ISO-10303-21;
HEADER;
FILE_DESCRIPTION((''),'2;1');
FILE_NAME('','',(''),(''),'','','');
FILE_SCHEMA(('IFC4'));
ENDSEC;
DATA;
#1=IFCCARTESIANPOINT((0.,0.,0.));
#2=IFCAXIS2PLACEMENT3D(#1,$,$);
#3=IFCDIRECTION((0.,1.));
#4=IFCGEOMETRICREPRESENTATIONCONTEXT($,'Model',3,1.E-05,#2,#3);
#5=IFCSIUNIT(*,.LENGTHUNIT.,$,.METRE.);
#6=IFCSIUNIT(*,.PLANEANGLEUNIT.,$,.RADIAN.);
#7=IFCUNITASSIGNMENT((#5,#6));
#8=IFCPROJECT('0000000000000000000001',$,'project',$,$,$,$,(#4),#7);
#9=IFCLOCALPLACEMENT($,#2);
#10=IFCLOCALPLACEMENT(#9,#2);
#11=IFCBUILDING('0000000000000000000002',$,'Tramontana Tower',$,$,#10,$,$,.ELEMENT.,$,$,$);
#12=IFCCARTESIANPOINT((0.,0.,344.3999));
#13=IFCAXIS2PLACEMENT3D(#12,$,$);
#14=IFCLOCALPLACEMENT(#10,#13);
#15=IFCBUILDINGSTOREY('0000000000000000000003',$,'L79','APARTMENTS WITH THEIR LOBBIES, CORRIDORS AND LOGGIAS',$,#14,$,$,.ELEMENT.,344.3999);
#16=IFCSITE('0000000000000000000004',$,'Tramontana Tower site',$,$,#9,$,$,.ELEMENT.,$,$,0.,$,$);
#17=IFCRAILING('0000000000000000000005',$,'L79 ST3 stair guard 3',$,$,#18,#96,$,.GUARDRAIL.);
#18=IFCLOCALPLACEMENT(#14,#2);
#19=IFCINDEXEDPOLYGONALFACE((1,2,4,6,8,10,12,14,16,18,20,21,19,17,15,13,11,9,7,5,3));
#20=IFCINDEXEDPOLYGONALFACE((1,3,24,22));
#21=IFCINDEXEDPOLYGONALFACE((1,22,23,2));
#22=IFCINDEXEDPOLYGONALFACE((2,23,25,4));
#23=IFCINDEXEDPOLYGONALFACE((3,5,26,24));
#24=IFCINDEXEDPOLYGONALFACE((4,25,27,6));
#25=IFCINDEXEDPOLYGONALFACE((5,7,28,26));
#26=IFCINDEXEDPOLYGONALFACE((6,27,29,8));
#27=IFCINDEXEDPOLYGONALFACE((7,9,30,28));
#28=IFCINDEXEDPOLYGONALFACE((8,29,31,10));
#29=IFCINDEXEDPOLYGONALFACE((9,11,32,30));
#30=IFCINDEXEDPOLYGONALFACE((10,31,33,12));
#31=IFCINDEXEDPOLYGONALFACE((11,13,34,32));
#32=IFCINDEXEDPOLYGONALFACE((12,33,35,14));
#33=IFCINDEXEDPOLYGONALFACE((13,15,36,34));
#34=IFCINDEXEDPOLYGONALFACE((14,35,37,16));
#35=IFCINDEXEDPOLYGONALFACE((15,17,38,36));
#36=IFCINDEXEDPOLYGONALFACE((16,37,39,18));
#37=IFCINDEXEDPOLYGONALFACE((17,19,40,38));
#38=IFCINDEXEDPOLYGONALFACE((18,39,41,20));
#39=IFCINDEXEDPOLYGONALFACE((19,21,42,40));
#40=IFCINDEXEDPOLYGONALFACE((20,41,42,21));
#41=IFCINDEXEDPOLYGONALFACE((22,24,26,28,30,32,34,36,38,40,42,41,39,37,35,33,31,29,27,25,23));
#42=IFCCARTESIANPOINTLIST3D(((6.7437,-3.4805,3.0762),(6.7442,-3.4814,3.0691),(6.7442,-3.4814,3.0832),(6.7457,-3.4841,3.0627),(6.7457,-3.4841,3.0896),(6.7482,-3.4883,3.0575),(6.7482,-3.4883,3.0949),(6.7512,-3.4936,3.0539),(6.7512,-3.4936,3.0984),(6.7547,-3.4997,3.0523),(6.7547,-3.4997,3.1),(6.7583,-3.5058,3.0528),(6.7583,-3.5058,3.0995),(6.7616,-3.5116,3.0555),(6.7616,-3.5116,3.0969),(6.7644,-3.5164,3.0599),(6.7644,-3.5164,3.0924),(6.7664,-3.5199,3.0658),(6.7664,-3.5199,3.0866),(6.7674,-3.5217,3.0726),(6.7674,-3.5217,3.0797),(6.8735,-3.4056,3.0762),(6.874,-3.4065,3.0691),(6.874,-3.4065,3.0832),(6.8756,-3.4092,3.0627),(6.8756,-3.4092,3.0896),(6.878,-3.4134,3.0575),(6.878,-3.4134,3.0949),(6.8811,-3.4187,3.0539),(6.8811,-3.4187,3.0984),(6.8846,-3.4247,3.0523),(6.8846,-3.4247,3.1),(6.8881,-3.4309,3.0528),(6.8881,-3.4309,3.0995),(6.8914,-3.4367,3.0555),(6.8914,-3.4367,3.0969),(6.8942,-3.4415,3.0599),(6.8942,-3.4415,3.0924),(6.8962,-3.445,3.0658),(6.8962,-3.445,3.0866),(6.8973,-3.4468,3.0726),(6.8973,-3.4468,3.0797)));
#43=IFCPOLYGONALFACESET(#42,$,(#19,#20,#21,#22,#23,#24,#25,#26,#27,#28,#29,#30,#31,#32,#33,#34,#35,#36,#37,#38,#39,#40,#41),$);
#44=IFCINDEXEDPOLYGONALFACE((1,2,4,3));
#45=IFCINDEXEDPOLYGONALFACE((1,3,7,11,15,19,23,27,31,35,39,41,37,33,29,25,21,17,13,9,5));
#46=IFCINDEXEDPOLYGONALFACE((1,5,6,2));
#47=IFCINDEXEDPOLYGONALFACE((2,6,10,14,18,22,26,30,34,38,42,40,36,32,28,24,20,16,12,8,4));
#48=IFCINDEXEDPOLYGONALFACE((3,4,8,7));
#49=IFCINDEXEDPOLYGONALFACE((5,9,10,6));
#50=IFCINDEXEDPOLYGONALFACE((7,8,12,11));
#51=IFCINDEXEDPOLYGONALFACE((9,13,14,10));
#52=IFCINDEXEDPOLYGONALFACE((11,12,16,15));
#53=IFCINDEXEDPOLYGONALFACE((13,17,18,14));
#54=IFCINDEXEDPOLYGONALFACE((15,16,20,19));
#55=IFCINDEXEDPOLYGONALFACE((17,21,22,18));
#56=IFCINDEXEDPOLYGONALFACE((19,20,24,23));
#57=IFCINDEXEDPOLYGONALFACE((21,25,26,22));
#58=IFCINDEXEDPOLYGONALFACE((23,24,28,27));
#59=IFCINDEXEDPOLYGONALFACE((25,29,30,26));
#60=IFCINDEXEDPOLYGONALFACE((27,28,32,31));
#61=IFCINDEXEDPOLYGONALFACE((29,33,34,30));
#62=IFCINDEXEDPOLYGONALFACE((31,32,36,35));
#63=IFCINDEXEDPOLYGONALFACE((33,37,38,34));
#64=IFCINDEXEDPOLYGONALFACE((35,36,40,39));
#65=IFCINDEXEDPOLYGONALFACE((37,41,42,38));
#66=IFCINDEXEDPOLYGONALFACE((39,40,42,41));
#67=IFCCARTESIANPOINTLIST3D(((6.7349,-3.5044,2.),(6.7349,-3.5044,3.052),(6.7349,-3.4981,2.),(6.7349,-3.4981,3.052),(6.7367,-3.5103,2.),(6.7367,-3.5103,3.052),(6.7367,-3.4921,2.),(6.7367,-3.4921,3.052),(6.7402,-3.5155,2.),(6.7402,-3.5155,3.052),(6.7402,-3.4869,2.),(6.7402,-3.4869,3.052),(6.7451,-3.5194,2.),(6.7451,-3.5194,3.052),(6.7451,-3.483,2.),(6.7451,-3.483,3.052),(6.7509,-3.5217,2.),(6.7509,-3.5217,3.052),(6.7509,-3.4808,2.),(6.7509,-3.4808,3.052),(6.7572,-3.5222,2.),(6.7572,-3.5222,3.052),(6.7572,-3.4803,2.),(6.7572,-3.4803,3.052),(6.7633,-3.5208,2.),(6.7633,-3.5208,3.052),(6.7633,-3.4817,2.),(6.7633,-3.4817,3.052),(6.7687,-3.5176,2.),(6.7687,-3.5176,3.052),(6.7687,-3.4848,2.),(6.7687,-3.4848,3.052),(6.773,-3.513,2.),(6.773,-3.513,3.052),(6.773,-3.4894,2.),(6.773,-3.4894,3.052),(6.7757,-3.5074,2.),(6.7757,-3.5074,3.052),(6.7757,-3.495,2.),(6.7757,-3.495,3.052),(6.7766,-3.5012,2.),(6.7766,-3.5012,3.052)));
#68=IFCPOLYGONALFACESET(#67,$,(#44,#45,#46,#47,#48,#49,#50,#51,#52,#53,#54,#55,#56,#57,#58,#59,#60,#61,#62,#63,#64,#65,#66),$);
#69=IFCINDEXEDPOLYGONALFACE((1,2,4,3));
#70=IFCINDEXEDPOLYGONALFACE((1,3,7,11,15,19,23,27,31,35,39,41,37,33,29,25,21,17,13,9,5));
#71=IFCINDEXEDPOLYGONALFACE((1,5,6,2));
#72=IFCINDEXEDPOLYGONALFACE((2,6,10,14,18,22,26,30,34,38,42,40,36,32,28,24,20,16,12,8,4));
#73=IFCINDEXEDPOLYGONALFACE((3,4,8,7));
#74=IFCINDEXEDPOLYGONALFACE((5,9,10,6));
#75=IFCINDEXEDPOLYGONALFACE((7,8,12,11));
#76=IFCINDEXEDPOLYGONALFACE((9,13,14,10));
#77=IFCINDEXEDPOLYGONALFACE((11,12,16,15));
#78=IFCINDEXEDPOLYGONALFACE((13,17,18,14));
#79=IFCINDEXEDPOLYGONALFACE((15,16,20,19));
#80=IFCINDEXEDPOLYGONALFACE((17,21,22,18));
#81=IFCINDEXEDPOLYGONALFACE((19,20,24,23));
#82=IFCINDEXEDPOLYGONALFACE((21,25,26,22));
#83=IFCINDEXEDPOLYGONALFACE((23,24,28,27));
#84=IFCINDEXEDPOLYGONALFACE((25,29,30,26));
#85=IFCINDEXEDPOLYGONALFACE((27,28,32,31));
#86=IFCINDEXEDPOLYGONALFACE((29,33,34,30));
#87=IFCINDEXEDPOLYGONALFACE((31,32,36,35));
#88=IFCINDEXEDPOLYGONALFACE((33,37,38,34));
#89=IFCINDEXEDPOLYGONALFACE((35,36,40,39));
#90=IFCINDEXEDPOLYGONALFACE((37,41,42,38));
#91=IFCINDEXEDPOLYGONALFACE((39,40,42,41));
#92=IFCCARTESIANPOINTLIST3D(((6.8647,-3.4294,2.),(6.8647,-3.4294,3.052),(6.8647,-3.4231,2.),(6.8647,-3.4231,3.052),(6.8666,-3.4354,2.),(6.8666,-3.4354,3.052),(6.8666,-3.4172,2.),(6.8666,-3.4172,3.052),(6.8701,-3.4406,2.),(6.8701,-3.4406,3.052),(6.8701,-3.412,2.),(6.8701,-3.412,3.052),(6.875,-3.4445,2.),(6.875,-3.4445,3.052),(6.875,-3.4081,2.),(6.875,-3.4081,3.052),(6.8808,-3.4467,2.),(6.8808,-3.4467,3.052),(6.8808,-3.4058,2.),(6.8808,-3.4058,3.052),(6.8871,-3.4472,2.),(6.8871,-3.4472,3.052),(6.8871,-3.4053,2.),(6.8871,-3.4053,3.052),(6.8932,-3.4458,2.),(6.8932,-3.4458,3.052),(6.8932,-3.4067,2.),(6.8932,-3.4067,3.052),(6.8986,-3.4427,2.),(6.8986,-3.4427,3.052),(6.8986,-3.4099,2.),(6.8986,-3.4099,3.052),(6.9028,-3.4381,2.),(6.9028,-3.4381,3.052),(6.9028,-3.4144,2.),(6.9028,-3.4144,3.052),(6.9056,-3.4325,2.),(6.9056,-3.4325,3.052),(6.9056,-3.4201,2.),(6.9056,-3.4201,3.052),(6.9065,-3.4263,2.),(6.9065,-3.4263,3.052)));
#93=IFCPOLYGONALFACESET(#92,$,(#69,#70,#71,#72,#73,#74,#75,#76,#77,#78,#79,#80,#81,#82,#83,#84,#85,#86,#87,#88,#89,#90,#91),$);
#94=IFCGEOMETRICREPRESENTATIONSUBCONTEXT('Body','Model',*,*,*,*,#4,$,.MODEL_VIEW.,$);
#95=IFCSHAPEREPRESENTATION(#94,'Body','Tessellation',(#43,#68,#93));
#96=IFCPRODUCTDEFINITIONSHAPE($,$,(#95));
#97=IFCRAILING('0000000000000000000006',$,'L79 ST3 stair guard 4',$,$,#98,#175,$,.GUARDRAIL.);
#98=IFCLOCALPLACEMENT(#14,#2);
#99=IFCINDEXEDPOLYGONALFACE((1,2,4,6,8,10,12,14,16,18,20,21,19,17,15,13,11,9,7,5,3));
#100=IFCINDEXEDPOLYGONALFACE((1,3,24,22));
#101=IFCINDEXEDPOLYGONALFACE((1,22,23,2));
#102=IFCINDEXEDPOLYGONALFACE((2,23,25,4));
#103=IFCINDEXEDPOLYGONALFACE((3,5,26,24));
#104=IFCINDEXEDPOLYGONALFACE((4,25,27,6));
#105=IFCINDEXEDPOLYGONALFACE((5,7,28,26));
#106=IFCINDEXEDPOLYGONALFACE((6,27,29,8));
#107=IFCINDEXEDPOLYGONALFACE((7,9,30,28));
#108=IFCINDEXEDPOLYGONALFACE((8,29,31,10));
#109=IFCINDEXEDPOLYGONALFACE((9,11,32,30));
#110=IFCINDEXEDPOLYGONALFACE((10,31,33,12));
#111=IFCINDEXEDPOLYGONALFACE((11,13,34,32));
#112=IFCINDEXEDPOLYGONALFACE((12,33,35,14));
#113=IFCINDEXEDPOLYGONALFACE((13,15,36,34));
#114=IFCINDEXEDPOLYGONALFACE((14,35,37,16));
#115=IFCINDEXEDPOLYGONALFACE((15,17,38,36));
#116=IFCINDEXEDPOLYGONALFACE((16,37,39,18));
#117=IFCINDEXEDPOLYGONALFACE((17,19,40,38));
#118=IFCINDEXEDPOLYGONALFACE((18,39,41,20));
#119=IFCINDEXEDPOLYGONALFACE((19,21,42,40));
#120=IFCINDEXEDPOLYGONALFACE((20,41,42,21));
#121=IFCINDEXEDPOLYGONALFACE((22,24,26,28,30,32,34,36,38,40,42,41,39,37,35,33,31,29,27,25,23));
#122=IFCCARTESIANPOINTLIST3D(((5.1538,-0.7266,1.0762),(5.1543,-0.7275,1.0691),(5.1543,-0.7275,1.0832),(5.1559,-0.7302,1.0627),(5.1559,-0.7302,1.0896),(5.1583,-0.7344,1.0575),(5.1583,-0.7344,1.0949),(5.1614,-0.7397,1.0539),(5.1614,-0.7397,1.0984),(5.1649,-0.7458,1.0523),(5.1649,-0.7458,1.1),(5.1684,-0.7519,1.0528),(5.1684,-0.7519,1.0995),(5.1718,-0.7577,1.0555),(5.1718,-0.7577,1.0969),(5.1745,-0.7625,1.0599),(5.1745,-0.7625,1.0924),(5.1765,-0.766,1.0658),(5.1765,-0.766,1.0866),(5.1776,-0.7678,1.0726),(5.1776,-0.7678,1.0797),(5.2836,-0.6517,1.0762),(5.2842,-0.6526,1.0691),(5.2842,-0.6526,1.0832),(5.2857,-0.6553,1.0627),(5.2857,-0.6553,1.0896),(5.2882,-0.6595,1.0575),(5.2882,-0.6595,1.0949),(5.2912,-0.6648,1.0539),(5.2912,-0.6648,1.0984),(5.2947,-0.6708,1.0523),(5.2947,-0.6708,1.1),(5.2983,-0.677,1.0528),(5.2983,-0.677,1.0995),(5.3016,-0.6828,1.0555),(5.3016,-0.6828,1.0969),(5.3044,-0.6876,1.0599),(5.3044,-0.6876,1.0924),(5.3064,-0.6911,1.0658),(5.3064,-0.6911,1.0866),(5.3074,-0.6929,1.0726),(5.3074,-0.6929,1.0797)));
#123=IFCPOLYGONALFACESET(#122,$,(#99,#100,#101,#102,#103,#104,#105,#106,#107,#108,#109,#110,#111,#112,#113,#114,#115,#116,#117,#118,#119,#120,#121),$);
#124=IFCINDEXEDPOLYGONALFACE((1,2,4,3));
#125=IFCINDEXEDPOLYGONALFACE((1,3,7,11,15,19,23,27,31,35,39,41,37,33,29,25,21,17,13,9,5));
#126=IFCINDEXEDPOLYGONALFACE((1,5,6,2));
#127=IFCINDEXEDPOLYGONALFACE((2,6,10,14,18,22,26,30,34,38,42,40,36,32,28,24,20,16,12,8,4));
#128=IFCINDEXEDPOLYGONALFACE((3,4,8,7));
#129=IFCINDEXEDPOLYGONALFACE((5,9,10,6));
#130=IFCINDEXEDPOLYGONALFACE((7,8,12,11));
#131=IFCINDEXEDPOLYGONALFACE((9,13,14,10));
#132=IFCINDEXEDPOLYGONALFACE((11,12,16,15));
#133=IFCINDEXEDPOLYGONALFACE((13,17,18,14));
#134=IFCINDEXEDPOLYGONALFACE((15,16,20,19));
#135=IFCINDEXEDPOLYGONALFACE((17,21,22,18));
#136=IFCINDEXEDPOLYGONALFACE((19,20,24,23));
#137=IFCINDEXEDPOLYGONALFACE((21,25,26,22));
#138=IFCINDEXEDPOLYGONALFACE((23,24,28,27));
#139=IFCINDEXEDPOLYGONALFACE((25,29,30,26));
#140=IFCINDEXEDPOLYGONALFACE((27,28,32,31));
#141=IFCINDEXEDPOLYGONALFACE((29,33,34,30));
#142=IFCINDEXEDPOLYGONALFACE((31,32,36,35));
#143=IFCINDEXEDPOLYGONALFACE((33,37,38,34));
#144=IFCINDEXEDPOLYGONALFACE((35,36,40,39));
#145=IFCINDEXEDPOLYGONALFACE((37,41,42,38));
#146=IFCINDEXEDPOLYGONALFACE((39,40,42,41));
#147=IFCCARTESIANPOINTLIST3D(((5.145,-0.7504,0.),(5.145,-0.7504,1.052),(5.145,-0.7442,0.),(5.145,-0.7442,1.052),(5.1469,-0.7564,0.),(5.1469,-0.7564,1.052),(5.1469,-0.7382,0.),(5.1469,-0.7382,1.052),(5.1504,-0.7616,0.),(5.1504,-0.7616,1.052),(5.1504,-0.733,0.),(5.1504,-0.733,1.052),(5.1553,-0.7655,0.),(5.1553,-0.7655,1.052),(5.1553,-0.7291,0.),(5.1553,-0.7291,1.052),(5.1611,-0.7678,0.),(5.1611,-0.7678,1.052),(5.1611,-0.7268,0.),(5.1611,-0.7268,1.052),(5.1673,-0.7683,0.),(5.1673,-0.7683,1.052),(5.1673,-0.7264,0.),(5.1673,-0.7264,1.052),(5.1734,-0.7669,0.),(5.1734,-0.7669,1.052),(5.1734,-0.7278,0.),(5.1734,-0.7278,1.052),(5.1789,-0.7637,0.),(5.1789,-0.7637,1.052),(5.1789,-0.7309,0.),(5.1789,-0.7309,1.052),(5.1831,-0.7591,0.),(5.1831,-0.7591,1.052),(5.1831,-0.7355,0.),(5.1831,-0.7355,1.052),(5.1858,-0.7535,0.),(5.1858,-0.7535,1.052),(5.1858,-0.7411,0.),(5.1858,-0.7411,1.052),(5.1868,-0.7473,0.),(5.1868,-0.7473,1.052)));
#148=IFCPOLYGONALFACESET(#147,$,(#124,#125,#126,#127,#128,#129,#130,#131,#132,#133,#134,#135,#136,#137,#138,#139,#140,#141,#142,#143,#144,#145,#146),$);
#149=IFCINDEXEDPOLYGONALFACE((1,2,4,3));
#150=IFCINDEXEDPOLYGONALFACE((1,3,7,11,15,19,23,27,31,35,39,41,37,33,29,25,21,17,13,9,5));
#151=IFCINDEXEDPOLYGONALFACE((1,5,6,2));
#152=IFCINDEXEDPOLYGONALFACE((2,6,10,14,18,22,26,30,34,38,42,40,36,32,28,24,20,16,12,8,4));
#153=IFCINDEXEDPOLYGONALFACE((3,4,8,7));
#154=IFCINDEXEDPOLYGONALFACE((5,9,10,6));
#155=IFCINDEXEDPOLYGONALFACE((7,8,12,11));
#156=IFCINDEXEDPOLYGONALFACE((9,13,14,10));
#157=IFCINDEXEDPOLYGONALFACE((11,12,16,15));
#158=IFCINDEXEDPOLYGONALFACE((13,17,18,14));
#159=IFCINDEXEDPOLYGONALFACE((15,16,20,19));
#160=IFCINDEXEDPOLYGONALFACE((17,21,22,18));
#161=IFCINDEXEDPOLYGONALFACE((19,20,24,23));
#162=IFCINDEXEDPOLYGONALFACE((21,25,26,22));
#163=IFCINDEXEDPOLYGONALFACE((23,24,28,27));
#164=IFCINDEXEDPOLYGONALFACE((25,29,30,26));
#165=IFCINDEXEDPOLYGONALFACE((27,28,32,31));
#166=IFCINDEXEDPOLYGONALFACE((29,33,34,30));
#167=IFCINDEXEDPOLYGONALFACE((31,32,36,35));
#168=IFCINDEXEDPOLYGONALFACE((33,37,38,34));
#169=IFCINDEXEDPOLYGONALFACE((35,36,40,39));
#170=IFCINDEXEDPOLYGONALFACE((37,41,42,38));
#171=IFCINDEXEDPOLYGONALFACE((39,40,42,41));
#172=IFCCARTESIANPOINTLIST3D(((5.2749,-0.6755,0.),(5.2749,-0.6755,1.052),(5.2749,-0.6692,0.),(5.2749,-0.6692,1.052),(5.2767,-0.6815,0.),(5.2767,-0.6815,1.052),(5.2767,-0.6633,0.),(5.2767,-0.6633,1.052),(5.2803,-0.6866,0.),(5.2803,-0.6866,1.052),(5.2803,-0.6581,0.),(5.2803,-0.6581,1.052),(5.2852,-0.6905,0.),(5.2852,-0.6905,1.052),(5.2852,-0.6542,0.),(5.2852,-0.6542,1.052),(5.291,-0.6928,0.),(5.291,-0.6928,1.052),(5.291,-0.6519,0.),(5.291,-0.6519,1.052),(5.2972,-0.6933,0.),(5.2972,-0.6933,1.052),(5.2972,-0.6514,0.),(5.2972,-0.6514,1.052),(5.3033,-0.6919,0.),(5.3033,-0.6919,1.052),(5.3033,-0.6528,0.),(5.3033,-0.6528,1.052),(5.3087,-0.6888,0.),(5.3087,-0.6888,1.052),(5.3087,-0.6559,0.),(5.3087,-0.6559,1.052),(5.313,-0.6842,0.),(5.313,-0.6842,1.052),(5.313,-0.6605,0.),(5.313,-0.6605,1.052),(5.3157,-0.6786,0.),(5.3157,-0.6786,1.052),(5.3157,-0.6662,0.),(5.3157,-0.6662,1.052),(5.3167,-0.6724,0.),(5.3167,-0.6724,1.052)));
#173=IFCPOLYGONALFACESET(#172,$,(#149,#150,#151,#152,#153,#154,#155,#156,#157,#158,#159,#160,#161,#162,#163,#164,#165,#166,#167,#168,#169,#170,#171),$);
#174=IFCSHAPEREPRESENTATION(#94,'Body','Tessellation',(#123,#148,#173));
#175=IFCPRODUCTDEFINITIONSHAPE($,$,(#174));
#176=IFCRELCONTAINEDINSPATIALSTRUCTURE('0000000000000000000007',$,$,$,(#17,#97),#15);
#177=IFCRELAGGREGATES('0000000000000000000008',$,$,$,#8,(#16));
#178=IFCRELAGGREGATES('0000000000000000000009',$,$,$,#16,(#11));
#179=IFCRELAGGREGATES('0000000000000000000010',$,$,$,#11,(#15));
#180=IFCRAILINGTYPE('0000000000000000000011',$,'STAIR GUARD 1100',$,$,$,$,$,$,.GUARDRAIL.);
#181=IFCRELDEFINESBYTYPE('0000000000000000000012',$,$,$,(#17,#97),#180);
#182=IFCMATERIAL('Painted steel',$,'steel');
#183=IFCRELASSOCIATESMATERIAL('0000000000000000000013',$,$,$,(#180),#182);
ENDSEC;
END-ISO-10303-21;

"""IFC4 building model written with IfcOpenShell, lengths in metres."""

from ifc_helpers import new_model, si_unit, direction, frame, origin, origin_2d, place, context, subcontext, project, spatial, circle, extrude, material, type_object, element, save


model = new_model("IFC4")

# Units and contexts
model_context = context("Model", 3, precision=1e-05, world=origin(), true_north=direction((0.0, 1.0)))
body_context = subcontext(model_context, "Body", "Model", "MODEL_VIEW")
ifc_project = project(units=[si_unit("LENGTHUNIT", "METRE"), si_unit("PLANEANGLEUNIT", "RADIAN")], contexts=[model_context])

# Site, building, storey
site_placement = place(None, origin())
site = spatial("IfcSite", under=ifc_project, at=site_placement, Name="Tramontana Tower site", CompositionType="ELEMENT", RefElevation=0.0)
building_placement = place(site_placement, origin())
building = spatial("IfcBuilding", under=site, at=building_placement, Name="Tramontana Tower", CompositionType="ELEMENT")
storey_placement = place(building_placement, frame((0.0, 0.0, 344.3999)))
storey = spatial("IfcBuildingStorey", under=building, at=storey_placement, Name="L79", Description="APARTMENTS WITH THEIR LOBBIES, CORRIDORS AND LOGGIAS", CompositionType="ELEMENT", Elevation=344.3999)

# Railings
ifc_material_1 = material(Name="Painted steel", Category="steel")
railing_type_1 = type_object("IfcRailingType", Name="STAIR GUARD 1100", PredefinedType="GUARDRAIL", material=ifc_material_1)
for number, where, name in (
    (1, (6.7556, -3.5012, 2.0), "L79 ST3 stair guard 3"),
    (2, (5.1658, -0.7473, 0.0), "L79 ST3 stair guard 4"),
):
    element("IfcRailing", number, at=place(storey_placement, frame(where)), inside=storey, type_object=railing_type_1, Name=name, PredefinedType="GUARDRAIL", context=body_context, shape_type="SweptSolid", body=[
        extrude(circle(Radius=0.0239, at=origin_2d()), frame((0.0, 0.0, 1.0762), z_axis=(0.866131, 0.499816, 0.0), x_axis=(-0.499816, 0.866131, 0.0)), (0.0, 0.0, 1.0), 0.1499),
        extrude(circle(Radius=0.021, at=origin_2d()), origin(), (0.0, 0.0, 1.0), 1.052),
        extrude(circle(Radius=0.021, at=origin_2d()), frame((0.1299, 0.075, 0.0)), (0.0, 0.0, 1.0), 1.052),
    ])

save(model, "model.ifc")
